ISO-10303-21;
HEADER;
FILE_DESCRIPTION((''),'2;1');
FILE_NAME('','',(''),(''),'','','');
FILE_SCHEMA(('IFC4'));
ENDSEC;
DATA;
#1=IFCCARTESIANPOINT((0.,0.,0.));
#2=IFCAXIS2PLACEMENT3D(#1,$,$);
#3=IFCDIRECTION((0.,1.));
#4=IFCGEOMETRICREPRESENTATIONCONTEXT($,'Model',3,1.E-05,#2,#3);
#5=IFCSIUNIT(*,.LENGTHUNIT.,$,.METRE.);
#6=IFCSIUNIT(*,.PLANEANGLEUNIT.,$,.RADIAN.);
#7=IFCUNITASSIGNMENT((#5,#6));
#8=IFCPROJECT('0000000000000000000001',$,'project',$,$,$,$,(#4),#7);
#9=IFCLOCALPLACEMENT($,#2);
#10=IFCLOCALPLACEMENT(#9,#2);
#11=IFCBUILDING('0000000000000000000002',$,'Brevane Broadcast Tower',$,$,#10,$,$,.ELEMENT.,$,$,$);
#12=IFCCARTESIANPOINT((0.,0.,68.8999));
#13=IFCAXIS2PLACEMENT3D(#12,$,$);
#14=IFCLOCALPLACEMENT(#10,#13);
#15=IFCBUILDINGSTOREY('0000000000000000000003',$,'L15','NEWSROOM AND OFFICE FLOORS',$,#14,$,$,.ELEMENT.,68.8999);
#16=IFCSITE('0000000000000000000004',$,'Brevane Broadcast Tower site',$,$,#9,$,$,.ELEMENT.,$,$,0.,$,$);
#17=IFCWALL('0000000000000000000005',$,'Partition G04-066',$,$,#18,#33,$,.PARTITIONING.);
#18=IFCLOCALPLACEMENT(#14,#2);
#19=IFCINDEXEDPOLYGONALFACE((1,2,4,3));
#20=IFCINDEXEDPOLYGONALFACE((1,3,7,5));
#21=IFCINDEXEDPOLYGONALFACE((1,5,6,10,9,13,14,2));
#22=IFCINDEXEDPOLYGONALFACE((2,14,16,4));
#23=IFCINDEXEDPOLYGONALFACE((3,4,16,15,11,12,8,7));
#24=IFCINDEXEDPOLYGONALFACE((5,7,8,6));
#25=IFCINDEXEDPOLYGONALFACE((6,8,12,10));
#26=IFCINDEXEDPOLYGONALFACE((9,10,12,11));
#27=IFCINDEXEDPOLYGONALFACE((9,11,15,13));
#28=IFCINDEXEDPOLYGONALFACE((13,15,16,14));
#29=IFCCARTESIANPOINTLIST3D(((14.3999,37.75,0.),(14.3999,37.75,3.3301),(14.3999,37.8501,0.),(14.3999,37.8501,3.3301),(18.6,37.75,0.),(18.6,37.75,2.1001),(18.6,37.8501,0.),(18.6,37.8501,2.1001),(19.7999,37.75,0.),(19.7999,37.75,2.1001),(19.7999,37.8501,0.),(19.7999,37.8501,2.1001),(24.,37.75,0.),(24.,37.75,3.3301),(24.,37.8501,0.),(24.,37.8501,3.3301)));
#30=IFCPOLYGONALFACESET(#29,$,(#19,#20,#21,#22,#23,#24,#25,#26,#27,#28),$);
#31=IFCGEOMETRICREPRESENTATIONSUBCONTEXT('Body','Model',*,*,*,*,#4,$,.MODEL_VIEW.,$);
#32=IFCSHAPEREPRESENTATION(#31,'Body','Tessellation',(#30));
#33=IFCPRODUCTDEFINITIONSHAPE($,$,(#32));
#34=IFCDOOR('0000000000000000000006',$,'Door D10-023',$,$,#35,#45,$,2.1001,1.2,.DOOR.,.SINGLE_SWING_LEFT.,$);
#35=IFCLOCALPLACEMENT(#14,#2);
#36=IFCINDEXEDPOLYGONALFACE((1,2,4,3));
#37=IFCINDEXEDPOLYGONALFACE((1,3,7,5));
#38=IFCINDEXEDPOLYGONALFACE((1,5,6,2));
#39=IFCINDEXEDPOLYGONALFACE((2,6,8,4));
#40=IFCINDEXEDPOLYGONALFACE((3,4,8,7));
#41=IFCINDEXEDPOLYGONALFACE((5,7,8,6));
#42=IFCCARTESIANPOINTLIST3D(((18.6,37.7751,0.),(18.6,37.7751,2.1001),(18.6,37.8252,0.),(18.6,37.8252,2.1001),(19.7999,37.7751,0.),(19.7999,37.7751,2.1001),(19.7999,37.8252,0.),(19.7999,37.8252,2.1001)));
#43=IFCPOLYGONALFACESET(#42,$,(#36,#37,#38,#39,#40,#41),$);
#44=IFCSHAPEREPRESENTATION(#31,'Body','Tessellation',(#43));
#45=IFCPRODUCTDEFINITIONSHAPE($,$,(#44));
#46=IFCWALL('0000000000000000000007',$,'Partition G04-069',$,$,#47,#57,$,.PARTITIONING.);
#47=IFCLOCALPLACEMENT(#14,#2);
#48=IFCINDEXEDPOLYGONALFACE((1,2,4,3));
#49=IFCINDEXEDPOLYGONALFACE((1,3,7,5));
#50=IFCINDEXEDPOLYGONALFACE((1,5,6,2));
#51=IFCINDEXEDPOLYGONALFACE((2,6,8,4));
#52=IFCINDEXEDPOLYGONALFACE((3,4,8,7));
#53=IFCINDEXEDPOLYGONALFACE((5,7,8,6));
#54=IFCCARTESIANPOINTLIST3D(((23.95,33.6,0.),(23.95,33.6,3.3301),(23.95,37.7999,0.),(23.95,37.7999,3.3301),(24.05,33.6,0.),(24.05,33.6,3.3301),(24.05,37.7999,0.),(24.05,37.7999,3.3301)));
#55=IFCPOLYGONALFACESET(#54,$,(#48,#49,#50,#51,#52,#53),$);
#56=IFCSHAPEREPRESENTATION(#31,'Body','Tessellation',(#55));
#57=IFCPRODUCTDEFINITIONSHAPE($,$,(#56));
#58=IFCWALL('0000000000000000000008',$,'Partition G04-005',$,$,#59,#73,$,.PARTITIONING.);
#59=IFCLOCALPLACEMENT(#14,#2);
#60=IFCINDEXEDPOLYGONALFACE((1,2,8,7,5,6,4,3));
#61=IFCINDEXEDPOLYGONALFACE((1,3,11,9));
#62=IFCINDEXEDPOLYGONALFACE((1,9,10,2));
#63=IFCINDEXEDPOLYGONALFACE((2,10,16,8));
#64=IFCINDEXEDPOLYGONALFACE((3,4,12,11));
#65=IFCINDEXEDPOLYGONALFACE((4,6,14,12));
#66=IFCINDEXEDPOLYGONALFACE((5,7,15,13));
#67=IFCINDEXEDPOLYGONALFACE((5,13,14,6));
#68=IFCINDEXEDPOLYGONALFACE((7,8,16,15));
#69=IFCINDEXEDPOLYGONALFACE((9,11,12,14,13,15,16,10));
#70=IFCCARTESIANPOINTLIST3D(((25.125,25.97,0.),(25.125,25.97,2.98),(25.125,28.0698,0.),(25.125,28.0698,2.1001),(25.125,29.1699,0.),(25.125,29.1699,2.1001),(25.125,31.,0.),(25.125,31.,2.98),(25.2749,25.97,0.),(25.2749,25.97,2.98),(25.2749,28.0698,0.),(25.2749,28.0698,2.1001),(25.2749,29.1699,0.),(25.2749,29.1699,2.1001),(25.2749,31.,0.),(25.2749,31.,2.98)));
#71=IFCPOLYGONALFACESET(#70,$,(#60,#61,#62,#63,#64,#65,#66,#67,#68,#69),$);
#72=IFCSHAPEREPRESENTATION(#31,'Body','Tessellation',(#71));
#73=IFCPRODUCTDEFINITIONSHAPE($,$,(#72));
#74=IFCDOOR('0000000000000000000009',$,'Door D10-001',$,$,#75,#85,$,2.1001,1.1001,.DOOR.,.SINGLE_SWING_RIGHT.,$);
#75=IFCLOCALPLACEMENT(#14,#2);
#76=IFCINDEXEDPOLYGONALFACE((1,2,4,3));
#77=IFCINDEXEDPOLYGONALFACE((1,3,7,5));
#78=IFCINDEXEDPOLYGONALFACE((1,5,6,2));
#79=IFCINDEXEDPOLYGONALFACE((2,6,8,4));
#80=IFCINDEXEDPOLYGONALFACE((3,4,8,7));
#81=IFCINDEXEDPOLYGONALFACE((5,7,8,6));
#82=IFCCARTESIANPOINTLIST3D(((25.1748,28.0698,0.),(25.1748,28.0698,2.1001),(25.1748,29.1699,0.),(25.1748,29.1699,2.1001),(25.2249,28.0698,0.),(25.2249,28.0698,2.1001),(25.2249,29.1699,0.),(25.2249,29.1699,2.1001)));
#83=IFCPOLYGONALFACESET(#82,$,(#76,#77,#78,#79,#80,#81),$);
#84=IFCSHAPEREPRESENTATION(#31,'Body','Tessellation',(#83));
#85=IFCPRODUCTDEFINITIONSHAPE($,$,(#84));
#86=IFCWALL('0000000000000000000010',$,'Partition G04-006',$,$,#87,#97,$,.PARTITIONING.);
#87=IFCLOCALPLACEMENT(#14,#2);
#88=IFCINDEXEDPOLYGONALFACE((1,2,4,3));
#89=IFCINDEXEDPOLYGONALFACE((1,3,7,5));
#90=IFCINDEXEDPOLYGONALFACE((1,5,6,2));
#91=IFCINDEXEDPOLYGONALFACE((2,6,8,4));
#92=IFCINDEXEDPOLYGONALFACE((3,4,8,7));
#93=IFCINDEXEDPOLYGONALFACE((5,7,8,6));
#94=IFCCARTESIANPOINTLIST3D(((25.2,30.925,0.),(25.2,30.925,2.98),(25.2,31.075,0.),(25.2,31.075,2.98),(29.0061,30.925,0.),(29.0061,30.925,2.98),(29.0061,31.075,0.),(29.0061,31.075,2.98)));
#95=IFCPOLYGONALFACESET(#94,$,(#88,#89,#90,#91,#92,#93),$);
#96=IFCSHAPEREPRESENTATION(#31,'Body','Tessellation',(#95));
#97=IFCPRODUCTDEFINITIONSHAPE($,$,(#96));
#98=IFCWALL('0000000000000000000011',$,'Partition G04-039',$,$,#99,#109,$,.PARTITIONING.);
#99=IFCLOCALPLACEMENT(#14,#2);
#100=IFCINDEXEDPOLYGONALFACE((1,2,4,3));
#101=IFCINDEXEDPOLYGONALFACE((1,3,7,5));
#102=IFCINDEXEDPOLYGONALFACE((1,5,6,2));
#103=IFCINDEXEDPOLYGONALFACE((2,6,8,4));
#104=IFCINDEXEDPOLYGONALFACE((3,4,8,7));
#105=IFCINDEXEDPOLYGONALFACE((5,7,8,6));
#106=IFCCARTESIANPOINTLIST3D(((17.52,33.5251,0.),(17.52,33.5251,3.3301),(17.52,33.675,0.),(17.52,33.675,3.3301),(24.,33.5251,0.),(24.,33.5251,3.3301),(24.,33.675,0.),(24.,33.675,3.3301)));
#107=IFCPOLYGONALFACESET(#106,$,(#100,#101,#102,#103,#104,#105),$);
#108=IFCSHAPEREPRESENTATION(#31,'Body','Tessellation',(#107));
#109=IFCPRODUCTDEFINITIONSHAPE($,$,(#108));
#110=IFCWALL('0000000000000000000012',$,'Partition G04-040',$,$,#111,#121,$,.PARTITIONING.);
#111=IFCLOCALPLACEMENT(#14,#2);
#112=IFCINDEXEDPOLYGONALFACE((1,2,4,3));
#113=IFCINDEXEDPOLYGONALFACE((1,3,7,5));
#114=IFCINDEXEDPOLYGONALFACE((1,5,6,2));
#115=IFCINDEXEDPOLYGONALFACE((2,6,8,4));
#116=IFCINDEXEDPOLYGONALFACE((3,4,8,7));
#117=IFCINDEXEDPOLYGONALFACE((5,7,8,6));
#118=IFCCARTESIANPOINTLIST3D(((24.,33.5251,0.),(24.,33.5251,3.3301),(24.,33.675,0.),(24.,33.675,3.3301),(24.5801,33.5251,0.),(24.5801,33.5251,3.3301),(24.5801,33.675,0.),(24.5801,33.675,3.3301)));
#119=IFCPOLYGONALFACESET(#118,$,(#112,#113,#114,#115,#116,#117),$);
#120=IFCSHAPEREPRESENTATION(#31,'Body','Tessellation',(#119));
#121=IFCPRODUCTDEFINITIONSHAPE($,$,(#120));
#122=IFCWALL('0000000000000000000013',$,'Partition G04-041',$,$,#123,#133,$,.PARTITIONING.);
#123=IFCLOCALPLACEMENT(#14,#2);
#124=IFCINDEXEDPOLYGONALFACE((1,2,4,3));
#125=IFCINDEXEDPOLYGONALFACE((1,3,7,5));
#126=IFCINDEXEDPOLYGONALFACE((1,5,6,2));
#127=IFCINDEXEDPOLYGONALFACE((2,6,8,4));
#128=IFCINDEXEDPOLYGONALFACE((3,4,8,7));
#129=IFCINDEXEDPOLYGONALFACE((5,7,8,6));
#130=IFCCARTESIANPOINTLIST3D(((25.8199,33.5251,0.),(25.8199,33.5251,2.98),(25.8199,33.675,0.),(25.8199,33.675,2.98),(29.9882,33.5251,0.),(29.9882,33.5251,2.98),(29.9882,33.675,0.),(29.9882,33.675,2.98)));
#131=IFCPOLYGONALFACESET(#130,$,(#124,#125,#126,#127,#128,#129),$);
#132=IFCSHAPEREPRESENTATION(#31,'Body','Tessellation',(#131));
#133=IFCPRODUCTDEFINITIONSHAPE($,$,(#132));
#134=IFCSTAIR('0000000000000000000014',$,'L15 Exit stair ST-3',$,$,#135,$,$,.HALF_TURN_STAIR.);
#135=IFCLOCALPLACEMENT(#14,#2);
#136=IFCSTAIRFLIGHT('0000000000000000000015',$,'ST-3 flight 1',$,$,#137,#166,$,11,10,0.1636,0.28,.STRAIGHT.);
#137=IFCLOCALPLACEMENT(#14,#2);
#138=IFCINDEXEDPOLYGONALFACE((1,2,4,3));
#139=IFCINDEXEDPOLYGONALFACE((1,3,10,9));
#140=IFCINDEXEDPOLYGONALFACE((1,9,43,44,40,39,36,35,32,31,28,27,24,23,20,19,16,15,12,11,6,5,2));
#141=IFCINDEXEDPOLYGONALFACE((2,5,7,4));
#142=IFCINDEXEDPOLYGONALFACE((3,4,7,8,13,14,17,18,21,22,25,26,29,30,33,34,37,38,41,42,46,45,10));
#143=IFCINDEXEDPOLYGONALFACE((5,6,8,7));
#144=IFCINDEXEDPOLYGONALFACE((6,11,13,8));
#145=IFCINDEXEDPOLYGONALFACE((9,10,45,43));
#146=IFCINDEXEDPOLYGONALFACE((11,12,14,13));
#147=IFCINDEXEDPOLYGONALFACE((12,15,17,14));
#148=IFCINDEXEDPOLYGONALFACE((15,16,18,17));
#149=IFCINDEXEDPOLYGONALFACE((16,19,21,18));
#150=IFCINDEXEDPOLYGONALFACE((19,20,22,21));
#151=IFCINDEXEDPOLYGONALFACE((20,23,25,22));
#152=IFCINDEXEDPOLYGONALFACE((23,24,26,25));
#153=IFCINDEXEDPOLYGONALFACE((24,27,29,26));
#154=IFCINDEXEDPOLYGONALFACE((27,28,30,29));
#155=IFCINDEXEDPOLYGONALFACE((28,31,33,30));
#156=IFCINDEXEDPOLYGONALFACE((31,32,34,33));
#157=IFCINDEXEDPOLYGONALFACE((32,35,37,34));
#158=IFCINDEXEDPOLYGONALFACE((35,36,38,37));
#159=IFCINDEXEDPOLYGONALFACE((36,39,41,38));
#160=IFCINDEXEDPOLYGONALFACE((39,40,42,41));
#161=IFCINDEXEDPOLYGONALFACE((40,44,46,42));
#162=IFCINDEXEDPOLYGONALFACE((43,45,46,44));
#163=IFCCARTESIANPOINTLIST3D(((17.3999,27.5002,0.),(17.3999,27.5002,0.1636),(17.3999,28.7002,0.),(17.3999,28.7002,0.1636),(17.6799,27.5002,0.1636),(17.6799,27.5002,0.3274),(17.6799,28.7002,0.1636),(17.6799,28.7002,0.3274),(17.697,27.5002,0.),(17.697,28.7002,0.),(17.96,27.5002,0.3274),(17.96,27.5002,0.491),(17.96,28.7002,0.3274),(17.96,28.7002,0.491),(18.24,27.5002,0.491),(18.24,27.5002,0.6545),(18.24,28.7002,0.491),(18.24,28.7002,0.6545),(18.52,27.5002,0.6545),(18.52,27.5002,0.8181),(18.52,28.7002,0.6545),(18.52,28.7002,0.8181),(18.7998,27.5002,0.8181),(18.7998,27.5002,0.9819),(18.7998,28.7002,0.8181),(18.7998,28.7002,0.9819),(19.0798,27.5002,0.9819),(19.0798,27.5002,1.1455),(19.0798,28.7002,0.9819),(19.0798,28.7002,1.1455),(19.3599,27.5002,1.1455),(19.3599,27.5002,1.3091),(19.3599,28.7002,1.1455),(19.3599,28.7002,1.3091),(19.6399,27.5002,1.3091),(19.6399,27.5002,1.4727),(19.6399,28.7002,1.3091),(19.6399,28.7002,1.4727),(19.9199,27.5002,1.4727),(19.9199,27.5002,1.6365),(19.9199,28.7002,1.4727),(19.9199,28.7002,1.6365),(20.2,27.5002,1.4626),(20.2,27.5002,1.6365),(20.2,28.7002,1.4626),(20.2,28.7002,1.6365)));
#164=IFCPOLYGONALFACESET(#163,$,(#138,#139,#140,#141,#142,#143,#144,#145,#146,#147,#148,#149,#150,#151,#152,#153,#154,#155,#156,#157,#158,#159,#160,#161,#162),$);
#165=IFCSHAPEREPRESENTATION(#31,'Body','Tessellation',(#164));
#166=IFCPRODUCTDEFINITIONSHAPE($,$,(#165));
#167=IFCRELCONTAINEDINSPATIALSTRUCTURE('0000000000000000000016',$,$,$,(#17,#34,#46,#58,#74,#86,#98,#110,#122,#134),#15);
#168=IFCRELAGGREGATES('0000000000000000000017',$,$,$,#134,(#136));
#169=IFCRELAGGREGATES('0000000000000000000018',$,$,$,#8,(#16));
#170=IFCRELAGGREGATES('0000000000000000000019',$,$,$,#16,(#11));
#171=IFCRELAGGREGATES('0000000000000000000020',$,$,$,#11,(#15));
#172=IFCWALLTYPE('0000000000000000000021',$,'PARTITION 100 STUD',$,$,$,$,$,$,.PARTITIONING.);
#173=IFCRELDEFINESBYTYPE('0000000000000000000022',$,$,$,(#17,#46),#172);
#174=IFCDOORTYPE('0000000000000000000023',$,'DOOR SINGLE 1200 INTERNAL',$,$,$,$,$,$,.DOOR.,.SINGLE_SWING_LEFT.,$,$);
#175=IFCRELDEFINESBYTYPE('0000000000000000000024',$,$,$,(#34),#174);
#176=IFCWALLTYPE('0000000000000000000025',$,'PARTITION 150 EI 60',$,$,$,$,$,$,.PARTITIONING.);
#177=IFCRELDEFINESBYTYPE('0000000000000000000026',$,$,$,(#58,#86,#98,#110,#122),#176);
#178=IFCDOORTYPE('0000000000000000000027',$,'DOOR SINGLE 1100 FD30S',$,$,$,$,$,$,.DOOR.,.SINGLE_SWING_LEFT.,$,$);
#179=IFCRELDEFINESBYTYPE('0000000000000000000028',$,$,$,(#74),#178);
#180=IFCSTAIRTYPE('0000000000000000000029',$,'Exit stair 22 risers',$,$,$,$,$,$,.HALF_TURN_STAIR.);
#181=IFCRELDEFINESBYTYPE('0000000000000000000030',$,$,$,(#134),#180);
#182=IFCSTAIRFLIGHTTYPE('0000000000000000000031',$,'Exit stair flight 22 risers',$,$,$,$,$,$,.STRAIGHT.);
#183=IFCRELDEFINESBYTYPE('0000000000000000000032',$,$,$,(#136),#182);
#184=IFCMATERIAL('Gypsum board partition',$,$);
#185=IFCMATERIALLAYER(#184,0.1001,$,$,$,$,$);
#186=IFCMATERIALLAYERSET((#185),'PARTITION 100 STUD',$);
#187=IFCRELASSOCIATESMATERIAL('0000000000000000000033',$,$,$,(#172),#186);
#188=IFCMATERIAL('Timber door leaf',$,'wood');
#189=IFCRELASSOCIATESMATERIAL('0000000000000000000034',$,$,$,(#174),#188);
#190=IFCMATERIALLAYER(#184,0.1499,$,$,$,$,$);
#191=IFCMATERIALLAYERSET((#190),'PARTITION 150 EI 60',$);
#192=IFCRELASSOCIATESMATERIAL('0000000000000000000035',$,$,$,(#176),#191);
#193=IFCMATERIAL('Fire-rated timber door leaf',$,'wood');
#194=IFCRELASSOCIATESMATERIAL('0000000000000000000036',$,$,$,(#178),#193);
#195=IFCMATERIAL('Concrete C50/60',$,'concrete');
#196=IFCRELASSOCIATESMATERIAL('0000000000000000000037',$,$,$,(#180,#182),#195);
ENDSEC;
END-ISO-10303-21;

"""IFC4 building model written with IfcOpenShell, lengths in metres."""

from ifc_helpers import new_model, si_unit, direction, frame, frame_2d, origin, place, context, subcontext, project, spatial, polyline, rectangle, outline, extrude, material, layer, layer_set, type_object, element, fill, aggregate, save


model = new_model("IFC4")

# Units and contexts
model_context = context("Model", 3, precision=1e-05, world=origin(), true_north=direction((0.0, 1.0)))
body_context = subcontext(model_context, "Body", "Model", "MODEL_VIEW")
ifc_project = project(units=[si_unit("LENGTHUNIT", "METRE"), si_unit("PLANEANGLEUNIT", "RADIAN")], contexts=[model_context])

# Site, building, storey
site_placement = place(None, origin())
site = spatial("IfcSite", under=ifc_project, at=site_placement, Name="Brevane Broadcast Tower site", CompositionType="ELEMENT", RefElevation=0.0)
building_placement = place(site_placement, origin())
building = spatial("IfcBuilding", under=site, at=building_placement, Name="Brevane Broadcast Tower", CompositionType="ELEMENT")
storey_placement = place(building_placement, frame((0.0, 0.0, 68.8999)))
storey = spatial("IfcBuildingStorey", under=building, at=storey_placement, Name="L15", Description="NEWSROOM AND OFFICE FLOORS", CompositionType="ELEMENT", Elevation=68.8999)

# Wall, opening, door
ifc_material_1 = material(Name="Gypsum board partition")
ifc_layer_1 = layer(ifc_material_1, 0.1001)
ifc_layer_set_1 = layer_set([ifc_layer_1], Name="PARTITION 100 STUD")
wall_type_1 = type_object("IfcWallType", Name="PARTITION 100 STUD", PredefinedType="PARTITIONING", material=ifc_layer_set_1)
wall_1_placement = place(storey_placement, frame((24.0, 37.8, 0.0), z_axis=(0.0, 0.0, 1.0), x_axis=(-1.0, 0.0, 0.0)))
wall_1 = element("IfcWall", 1, at=wall_1_placement, inside=storey, type_object=wall_type_1, Name="Partition G04-066", PredefinedType="PARTITIONING", context=body_context, shape_type="SweptSolid", body=[
    extrude(rectangle(XDim=9.6001, YDim=0.1001, at=frame_2d((4.8, 0.0))), origin(), (0.0, 0.0, 1.0), 3.3301),
])
opening_1_placement = place(wall_1_placement, frame((4.2, 0.0, 0.0)))
opening_1 = element("IfcOpeningElement", 2, at=opening_1_placement, cuts=wall_1, PredefinedType="OPENING", context=body_context, shape_type="SweptSolid", body=[
    extrude(rectangle(XDim=1.2, YDim=2.1001, at=frame_2d((0.6001, 1.05))), frame((0.0, 0.0601, 0.0), z_axis=(0.0, -1.0, 0.0), x_axis=(1.0, 0.0, 0.0)), (0.0, 0.0, 1.0), 0.1201),
])
ifc_material_2 = material(Name="Timber door leaf", Category="wood")
door_type_1 = type_object("IfcDoorType", Name="DOOR SINGLE 1200 INTERNAL", OperationType="SINGLE_SWING_LEFT", PredefinedType="DOOR", material=ifc_material_2)
door_1_placement = place(opening_1_placement, origin())
door_1 = element("IfcDoor", 3, at=door_1_placement, inside=storey, type_object=door_type_1, Name="Door D10-023", OperationType="SINGLE_SWING_LEFT", OverallHeight=2.1001, OverallWidth=1.2, PredefinedType="DOOR", context=body_context, shape_type="SweptSolid", body=[
    extrude(rectangle(XDim=1.2, YDim=2.1001, at=frame_2d((0.6001, 1.05))), frame((0.0, 0.0249, 0.0), z_axis=(0.0, -1.0, 0.0), x_axis=(1.0, 0.0, 0.0)), (0.0, 0.0, 1.0), 0.05),
])
fill(opening_1, door_1)

# Wall
wall_2_placement = place(storey_placement, frame((24.0, 37.8, 0.0), z_axis=(0.0, 0.0, 1.0), x_axis=(0.0, -1.0, 0.0)))
element("IfcWall", 4, at=wall_2_placement, inside=storey, type_object=wall_type_1, Name="Partition G04-069", PredefinedType="PARTITIONING", context=body_context, shape_type="SweptSolid", body=[
    extrude(rectangle(XDim=4.2, YDim=0.1001, at=frame_2d((2.1001, 0.0))), origin(), (0.0, 0.0, 1.0), 3.3301),
])

# Wall, opening, door
ifc_layer_2 = layer(ifc_material_1, 0.1499)
ifc_layer_set_2 = layer_set([ifc_layer_2], Name="PARTITION 150 EI 60")
wall_type_2 = type_object("IfcWallType", Name="PARTITION 150 EI 60", PredefinedType="PARTITIONING", material=ifc_layer_set_2)
wall_3_placement = place(storey_placement, frame((25.2, 31.0, 0.0), z_axis=(0.0, 0.0, 1.0), x_axis=(0.0, -1.0, 0.0)))
wall_3 = element("IfcWall", 5, at=wall_3_placement, inside=storey, type_object=wall_type_2, Name="Partition G04-005", PredefinedType="PARTITIONING", context=body_context, shape_type="SweptSolid", body=[
    extrude(outline(polyline([(0.0, 0.0), (5.03, 0.0), (5.03, 2.98), (0.0, 2.98), (0.0, 0.0)])), frame((0.0, 0.075, 0.0), z_axis=(0.0, -1.0, 0.0), x_axis=(1.0, 0.0, 0.0)), (0.0, 0.0, 1.0), 0.1499),
])
opening_2_placement = place(wall_3_placement, frame((1.8301, 0.0, 0.0)))
opening_2 = element("IfcOpeningElement", 6, at=opening_2_placement, cuts=wall_3, PredefinedType="OPENING", context=body_context, shape_type="SweptSolid", body=[
    extrude(rectangle(XDim=1.1001, YDim=2.1001, at=frame_2d((0.55, 1.05))), frame((0.0, 0.085, 0.0), z_axis=(0.0, -1.0, 0.0), x_axis=(1.0, 0.0, 0.0)), (0.0, 0.0, 1.0), 0.1699),
])
ifc_material_3 = material(Name="Fire-rated timber door leaf", Category="wood")
door_type_2 = type_object("IfcDoorType", Name="DOOR SINGLE 1100 FD30S", OperationType="SINGLE_SWING_LEFT", PredefinedType="DOOR", material=ifc_material_3)
door_2_placement = place(opening_2_placement, origin())
door_2 = element("IfcDoor", 7, at=door_2_placement, inside=storey, type_object=door_type_2, Name="Door D10-001", OperationType="SINGLE_SWING_RIGHT", OverallHeight=2.1001, OverallWidth=1.1001, PredefinedType="DOOR", context=body_context, shape_type="SweptSolid", body=[
    extrude(rectangle(XDim=1.1001, YDim=2.1001, at=frame_2d((0.55, 1.05))), frame((0.0, 0.0249, 0.0), z_axis=(0.0, -1.0, 0.0), x_axis=(1.0, 0.0, 0.0)), (0.0, 0.0, 1.0), 0.05),
])
fill(opening_2, door_2)

# Walls
wall_4_placement = place(storey_placement, frame((25.2, 31.0, 0.0), z_axis=(0.0, 0.0, 1.0), x_axis=(1.0, 0.0, 0.0)))
element("IfcWall", 8, at=wall_4_placement, inside=storey, type_object=wall_type_2, Name="Partition G04-006", PredefinedType="PARTITIONING", context=body_context, shape_type="SweptSolid", body=[
    extrude(rectangle(XDim=3.8062, YDim=0.1499, at=frame_2d((1.9031, 0.0))), origin(), (0.0, 0.0, 1.0), 2.98),
])
wall_5_placement = place(storey_placement, frame((17.52, 33.6001, 0.0), z_axis=(0.0, 0.0, 1.0), x_axis=(1.0, 0.0, 0.0)))
element("IfcWall", 9, at=wall_5_placement, inside=storey, type_object=wall_type_2, Name="Partition G04-039", PredefinedType="PARTITIONING", context=body_context, shape_type="SweptSolid", body=[
    extrude(rectangle(XDim=6.48, YDim=0.1499, at=frame_2d((3.24, 0.0))), origin(), (0.0, 0.0, 1.0), 3.3301),
])
wall_6_placement = place(storey_placement, frame((24.0, 33.6001, 0.0), z_axis=(0.0, 0.0, 1.0), x_axis=(1.0, 0.0, 0.0)))
element("IfcWall", 10, at=wall_6_placement, inside=storey, type_object=wall_type_2, Name="Partition G04-040", PredefinedType="PARTITIONING", context=body_context, shape_type="SweptSolid", body=[
    extrude(rectangle(XDim=0.5801, YDim=0.1499, at=frame_2d((0.29, 0.0))), origin(), (0.0, 0.0, 1.0), 3.3301),
])
wall_7_placement = place(storey_placement, frame((25.8201, 33.6001, 0.0), z_axis=(0.0, 0.0, 1.0), x_axis=(1.0, 0.0, 0.0)))
element("IfcWall", 11, at=wall_7_placement, inside=storey, type_object=wall_type_2, Name="Partition G04-041", PredefinedType="PARTITIONING", context=body_context, shape_type="SweptSolid", body=[
    extrude(rectangle(XDim=4.1682, YDim=0.1499, at=frame_2d((2.084, 0.0))), origin(), (0.0, 0.0, 1.0), 2.98),
])

# Stair, stair flight
ifc_material_4 = material(Name="Concrete C50/60", Category="concrete")
stair_type = type_object("IfcStairType", Name="Exit stair 22 risers", PredefinedType="HALF_TURN_STAIR", material=ifc_material_4)
stair_placement = place(storey_placement, origin())
stair = element("IfcStair", 12, at=stair_placement, inside=storey, type_object=stair_type, Name="L15 Exit stair ST-3", PredefinedType="HALF_TURN_STAIR")
stair_flight_type = type_object("IfcStairFlightType", Name="Exit stair flight 22 risers", PredefinedType="STRAIGHT", material=ifc_material_4)
stair_flight_1_placement = place(storey_placement, frame((17.3999, 28.1001, 0.0), z_axis=(0.0, 0.0, 1.0), x_axis=(1.0, 0.0, 0.0)))
stair_flight_1 = element("IfcStairFlight", 13, at=stair_flight_1_placement, type_object=stair_flight_type, Name="ST-3 flight 1", NumberOfRisers=11, NumberOfTreads=10, PredefinedType="STRAIGHT", RiserHeight=0.1636, TreadLength=0.28, context=body_context, shape_type="SweptSolid", body=[
    extrude(outline(polyline([(0.0, 0.0), (0.0, 0.1636), (0.28, 0.1636), (0.28, 0.3274), (0.5601, 0.3274), (0.5601, 0.491), (0.8401, 0.491), (0.8401, 0.6545), (1.1201, 0.6545), (1.1201, 0.8181), (1.3999, 0.8181), (1.3999, 0.9819), (1.6799, 0.9819), (1.6799, 1.1455), (1.96, 1.1455), (1.96, 1.3091), (2.24, 1.3091), (2.24, 1.4727), (2.52, 1.4727), (2.52, 1.6365), (2.8, 1.6365), (2.8, 1.8), (2.8, 1.4626), (0.2971, 0.0), (0.0, 0.0)])), frame((0.0, 0.6001, 0.0), z_axis=(0.0, -1.0, 0.0), x_axis=(1.0, 0.0, 0.0)), (0.0, 0.0, 1.0), 1.2),
])
aggregate(stair, [stair_flight_1])

save(model, "model.ifc")
